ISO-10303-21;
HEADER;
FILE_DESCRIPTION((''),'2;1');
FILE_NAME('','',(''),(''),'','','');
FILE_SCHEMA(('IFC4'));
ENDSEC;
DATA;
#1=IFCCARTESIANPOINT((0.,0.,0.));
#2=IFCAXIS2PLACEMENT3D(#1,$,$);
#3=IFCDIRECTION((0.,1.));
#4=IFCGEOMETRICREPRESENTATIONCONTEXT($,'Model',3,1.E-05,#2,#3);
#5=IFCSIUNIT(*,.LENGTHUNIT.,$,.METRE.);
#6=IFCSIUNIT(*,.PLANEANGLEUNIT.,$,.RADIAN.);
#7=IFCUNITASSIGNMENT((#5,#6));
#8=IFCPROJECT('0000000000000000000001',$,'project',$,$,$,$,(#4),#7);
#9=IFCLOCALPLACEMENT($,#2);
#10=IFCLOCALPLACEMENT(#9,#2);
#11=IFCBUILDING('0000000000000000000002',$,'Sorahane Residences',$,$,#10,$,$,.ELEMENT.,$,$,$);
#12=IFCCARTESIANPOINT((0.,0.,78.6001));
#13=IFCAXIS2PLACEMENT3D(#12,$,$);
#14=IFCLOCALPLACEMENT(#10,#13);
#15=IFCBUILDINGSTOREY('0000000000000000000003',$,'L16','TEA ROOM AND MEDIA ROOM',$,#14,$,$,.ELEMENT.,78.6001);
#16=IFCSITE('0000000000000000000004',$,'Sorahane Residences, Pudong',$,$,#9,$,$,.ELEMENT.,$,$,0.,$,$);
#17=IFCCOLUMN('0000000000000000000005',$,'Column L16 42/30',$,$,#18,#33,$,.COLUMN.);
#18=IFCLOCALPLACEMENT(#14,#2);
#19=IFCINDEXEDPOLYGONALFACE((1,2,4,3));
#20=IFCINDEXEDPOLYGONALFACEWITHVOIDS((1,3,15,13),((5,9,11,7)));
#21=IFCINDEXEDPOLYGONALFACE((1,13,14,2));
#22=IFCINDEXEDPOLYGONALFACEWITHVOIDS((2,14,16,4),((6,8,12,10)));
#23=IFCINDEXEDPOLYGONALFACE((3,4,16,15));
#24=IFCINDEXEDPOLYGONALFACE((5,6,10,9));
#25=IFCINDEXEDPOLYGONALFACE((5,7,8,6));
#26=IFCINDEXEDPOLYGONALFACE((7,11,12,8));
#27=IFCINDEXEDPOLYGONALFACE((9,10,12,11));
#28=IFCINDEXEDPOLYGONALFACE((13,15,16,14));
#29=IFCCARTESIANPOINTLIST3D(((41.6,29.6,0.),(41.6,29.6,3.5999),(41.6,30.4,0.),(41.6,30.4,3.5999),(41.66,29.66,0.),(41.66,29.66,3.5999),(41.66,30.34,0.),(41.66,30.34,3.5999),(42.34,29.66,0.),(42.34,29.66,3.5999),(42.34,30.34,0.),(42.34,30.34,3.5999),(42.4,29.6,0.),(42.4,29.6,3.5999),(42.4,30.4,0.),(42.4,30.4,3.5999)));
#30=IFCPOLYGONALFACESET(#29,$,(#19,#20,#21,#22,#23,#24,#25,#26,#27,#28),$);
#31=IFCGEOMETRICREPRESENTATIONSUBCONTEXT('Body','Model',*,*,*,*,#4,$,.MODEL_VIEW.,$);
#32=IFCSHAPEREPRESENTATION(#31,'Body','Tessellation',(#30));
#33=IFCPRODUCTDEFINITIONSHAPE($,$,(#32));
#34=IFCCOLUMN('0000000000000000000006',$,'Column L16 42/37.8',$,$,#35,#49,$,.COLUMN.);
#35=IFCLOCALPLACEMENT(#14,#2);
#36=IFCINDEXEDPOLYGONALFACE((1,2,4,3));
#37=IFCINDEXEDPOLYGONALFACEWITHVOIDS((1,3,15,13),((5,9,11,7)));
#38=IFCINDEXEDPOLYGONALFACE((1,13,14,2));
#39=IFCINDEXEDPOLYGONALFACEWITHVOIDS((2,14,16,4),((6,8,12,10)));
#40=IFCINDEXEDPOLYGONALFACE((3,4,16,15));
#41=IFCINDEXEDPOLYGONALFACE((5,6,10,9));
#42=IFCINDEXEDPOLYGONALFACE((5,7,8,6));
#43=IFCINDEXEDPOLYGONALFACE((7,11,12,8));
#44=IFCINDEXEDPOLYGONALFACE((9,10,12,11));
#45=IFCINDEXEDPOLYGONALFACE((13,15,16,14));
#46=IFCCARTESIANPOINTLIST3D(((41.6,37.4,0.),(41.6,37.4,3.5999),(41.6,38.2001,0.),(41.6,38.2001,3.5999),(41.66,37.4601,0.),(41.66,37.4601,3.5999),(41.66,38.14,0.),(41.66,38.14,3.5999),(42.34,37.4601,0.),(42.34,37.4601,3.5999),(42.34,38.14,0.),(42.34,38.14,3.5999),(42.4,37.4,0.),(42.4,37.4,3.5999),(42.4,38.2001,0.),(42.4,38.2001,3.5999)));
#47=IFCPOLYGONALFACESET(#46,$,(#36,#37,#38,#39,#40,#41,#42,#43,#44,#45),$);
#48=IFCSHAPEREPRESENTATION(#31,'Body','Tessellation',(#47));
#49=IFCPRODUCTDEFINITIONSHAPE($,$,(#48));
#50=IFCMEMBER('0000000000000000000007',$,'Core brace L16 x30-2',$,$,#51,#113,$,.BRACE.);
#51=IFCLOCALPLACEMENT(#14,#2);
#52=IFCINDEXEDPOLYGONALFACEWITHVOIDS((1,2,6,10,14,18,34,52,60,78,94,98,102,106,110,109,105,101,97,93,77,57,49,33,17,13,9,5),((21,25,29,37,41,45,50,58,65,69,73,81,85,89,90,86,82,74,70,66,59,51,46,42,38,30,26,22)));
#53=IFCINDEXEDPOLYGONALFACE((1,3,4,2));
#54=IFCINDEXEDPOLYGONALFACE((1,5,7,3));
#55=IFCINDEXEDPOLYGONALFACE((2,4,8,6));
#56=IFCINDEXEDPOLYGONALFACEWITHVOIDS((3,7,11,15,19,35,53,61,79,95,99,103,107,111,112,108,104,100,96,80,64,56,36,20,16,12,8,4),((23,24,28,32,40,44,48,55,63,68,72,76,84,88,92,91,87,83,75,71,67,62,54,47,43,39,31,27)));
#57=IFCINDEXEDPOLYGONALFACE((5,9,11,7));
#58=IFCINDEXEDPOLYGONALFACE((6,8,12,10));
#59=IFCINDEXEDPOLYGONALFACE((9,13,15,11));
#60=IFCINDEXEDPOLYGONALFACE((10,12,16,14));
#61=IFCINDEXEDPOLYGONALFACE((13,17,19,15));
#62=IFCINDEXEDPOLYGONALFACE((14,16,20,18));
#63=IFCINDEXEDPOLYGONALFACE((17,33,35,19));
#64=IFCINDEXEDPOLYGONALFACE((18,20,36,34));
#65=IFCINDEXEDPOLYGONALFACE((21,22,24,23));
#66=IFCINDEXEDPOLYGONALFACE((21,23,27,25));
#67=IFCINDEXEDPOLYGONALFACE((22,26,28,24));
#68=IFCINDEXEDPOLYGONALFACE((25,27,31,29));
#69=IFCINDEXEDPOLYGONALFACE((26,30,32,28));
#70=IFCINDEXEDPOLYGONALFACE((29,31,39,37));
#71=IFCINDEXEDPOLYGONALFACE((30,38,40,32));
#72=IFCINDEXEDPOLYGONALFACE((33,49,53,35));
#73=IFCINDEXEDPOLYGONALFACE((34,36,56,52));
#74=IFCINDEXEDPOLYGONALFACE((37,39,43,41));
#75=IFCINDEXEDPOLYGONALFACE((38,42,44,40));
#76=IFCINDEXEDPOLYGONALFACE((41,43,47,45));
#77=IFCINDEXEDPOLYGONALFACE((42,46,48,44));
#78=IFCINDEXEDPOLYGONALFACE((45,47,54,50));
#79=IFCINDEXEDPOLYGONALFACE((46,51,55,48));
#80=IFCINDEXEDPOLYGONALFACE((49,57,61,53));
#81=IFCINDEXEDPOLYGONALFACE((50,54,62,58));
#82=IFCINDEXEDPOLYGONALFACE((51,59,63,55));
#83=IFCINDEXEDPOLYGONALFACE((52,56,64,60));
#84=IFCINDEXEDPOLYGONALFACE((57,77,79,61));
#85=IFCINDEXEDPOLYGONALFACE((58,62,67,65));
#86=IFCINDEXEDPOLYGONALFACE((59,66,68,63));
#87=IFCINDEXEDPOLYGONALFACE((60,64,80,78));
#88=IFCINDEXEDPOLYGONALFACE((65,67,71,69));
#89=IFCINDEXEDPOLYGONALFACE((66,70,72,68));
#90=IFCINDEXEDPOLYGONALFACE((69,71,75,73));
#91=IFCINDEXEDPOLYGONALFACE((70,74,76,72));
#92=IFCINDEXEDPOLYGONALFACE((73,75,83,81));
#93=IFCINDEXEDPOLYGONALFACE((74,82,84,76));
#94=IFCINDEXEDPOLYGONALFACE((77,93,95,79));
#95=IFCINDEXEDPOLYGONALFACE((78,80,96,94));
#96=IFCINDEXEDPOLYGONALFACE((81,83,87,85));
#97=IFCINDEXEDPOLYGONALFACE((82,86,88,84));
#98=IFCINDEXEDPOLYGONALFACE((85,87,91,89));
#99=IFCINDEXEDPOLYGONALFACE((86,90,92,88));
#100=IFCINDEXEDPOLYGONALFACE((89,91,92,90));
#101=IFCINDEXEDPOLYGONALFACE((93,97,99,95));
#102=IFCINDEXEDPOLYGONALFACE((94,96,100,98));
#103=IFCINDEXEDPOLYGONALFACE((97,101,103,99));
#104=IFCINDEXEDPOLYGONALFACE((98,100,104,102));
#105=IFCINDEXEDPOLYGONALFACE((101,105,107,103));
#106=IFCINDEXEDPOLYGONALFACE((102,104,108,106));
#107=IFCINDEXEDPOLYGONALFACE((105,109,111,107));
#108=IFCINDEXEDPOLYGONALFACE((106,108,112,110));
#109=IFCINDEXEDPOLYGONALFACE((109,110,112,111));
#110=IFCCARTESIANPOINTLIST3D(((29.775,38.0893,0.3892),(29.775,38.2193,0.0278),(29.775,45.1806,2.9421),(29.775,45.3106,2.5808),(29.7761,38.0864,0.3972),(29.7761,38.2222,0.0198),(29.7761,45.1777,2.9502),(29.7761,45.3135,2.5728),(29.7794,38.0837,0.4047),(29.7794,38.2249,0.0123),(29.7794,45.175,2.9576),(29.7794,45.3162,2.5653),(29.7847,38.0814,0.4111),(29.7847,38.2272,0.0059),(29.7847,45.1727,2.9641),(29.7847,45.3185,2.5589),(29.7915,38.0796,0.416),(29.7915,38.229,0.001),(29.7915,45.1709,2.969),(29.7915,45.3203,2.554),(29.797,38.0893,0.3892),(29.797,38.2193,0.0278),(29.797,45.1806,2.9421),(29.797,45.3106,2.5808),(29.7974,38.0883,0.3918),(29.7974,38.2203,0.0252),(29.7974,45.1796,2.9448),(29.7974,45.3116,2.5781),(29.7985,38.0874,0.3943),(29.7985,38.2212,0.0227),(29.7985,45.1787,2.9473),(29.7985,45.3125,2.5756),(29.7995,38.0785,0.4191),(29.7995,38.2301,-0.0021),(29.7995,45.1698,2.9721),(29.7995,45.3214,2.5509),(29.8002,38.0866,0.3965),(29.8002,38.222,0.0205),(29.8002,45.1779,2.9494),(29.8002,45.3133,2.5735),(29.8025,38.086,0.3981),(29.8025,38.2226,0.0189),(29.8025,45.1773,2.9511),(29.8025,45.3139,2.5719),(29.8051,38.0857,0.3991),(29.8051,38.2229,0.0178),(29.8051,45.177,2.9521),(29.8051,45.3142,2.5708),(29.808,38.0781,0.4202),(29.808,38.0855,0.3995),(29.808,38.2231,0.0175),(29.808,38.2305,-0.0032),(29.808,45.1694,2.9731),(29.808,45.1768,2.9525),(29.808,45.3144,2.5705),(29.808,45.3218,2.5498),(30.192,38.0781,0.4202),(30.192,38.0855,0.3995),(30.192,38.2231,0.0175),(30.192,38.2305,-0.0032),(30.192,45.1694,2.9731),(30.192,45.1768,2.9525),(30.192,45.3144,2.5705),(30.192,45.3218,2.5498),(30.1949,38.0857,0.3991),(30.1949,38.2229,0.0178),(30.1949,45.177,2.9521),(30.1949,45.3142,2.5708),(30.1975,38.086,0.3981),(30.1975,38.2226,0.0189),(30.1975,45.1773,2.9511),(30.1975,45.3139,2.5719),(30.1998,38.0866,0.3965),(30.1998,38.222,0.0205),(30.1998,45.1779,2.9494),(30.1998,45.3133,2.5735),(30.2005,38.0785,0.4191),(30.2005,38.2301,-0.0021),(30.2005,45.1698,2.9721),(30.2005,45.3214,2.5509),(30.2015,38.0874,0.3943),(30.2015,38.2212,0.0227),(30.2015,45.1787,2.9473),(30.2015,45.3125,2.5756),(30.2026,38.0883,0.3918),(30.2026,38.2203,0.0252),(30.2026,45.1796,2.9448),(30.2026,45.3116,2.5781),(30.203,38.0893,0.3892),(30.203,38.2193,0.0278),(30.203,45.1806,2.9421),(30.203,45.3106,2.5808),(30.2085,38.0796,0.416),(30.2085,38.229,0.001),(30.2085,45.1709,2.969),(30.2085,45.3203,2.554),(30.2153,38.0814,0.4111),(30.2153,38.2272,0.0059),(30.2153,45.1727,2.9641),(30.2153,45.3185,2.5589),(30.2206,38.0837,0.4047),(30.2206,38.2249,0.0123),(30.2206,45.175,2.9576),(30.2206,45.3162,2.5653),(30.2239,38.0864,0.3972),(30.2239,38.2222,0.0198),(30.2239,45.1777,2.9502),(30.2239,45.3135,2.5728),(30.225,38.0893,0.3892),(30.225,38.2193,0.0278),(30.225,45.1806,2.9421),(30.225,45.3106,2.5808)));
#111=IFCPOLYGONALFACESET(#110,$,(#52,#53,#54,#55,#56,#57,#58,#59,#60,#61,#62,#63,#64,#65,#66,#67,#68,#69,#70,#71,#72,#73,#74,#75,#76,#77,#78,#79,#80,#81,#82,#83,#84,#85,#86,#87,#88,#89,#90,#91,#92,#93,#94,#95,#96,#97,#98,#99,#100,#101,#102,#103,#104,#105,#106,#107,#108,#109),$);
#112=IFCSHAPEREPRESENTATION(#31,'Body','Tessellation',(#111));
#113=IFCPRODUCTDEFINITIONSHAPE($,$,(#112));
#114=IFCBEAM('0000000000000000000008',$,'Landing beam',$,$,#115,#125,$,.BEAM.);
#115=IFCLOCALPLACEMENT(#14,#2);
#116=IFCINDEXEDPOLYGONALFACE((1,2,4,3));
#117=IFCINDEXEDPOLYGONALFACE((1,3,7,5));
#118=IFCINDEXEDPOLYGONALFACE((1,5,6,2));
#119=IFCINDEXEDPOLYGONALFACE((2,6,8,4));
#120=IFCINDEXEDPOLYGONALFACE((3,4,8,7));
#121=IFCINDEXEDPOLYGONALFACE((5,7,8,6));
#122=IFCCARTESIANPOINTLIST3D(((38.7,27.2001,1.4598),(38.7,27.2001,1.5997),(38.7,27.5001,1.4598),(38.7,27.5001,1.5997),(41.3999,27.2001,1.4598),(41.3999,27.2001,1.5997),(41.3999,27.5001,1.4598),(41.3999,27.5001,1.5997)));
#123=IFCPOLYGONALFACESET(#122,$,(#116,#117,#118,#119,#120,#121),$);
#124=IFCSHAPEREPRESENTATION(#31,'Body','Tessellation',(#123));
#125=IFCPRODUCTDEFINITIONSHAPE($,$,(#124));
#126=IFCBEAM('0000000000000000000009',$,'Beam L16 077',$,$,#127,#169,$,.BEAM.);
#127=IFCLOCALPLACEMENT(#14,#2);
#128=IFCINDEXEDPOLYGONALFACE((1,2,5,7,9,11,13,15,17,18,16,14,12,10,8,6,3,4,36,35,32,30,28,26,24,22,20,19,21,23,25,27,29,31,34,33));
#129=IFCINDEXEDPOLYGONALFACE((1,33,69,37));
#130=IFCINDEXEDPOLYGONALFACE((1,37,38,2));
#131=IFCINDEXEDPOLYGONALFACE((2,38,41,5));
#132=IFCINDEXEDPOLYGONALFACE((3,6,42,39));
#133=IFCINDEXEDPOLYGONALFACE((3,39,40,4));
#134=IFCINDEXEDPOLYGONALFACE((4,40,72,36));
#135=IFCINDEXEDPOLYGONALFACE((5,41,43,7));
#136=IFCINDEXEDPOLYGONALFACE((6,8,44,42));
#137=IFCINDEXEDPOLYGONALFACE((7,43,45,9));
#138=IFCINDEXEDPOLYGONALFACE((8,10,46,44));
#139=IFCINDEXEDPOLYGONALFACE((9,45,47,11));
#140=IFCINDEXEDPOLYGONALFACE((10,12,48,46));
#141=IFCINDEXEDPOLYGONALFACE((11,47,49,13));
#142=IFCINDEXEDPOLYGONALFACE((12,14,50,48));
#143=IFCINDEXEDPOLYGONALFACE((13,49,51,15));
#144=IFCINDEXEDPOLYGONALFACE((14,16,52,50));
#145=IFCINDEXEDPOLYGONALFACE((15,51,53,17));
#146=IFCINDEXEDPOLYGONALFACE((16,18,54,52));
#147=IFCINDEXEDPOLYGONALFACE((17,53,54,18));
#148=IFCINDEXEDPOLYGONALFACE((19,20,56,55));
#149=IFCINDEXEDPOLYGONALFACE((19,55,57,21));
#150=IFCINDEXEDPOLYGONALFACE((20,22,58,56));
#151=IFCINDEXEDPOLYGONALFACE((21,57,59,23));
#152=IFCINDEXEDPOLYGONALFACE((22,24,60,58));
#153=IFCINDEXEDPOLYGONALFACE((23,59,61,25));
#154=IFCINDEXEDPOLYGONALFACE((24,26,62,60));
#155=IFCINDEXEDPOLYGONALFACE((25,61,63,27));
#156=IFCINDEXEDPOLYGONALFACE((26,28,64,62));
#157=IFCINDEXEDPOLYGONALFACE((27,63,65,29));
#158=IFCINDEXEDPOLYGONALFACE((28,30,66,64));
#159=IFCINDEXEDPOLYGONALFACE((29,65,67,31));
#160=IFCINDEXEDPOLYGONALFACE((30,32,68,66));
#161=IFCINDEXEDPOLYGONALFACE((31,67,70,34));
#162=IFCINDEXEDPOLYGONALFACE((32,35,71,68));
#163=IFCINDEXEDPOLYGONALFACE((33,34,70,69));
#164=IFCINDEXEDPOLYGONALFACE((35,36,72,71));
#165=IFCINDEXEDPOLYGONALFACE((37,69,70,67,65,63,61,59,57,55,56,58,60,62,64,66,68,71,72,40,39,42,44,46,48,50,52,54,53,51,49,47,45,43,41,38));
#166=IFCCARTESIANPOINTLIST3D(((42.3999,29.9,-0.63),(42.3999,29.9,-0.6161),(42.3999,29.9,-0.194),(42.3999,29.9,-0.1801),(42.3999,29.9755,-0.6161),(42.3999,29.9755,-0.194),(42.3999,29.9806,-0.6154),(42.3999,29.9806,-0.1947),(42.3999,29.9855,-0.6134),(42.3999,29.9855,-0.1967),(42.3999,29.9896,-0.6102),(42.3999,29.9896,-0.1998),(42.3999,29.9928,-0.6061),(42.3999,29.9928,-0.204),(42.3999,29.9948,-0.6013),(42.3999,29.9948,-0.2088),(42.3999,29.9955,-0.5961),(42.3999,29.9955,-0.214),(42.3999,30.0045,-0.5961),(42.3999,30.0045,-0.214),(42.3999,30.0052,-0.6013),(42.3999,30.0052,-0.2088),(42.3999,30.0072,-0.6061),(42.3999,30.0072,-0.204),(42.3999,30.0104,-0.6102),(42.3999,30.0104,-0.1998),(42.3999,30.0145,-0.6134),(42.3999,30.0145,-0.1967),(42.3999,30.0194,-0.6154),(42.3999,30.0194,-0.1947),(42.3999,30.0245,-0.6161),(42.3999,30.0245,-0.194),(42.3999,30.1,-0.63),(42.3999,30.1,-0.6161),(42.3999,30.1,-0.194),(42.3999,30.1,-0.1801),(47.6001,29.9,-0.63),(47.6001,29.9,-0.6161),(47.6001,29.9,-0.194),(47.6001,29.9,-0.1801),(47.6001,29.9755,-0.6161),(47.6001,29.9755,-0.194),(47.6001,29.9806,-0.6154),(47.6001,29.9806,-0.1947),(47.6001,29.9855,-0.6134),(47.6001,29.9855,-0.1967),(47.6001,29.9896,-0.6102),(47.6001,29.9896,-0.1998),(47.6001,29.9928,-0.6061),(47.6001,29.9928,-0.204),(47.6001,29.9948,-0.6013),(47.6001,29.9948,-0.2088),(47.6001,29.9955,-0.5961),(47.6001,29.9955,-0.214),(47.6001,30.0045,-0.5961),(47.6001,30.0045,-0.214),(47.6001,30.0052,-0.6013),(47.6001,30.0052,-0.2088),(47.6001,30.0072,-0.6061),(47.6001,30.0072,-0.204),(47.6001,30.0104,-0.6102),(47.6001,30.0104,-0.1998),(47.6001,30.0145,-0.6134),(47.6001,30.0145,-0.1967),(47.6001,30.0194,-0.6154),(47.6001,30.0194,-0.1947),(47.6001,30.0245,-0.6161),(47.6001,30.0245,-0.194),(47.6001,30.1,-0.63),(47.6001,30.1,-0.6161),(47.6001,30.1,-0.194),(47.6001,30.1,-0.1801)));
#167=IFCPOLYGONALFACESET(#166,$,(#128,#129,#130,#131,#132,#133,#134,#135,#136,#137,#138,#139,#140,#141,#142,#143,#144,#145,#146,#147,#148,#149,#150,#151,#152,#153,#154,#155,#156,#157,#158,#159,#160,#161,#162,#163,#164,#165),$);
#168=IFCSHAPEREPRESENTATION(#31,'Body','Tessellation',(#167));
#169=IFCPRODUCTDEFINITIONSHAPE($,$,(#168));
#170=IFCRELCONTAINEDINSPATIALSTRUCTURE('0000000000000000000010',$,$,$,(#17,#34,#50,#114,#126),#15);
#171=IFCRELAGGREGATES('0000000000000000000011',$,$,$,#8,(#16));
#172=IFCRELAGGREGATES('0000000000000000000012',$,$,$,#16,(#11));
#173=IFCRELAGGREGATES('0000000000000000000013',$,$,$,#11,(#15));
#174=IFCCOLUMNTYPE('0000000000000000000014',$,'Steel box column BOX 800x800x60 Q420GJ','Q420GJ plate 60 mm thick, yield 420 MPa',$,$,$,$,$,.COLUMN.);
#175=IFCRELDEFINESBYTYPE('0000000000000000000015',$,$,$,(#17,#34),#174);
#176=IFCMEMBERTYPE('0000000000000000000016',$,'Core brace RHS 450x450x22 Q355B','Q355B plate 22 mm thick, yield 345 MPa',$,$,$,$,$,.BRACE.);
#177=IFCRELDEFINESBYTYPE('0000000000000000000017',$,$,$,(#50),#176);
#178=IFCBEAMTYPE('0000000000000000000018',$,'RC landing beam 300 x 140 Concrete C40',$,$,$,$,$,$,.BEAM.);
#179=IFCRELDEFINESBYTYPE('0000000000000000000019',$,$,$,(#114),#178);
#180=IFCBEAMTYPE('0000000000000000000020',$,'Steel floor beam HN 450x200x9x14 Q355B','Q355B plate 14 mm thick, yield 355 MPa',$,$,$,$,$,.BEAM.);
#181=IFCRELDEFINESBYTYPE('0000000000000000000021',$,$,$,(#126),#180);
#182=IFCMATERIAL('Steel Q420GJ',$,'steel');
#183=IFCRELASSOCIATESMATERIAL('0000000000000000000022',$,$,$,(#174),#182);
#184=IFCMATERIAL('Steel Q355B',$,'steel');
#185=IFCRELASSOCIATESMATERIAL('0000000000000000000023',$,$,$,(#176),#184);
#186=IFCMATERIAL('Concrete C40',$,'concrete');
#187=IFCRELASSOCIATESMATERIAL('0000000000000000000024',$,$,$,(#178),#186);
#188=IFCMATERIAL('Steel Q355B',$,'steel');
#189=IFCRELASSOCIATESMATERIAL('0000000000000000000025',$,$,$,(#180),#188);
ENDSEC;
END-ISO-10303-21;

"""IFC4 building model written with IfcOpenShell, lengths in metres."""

from ifc_helpers import new_model, si_unit, direction, frame, origin, origin_2d, place, context, subcontext, project, spatial, rectangle, hollow_rectangle, i_section, extrude, material, material_profile, profile_set, type_object, element, save


model = new_model("IFC4")

# Units and contexts
model_context = context("Model", 3, precision=1e-05, world=origin(), true_north=direction((0.0, 1.0)))
body_context = subcontext(model_context, "Body", "Model", "MODEL_VIEW")
ifc_project = project(units=[si_unit("LENGTHUNIT", "METRE"), si_unit("PLANEANGLEUNIT", "RADIAN")], contexts=[model_context])

# Site, building, storey
site_placement = place(None, origin())
site = spatial("IfcSite", under=ifc_project, at=site_placement, Name="Sorahane Residences, Pudong", CompositionType="ELEMENT", RefElevation=0.0)
building_placement = place(site_placement, origin())
building = spatial("IfcBuilding", under=site, at=building_placement, Name="Sorahane Residences", CompositionType="ELEMENT")
storey_placement = place(building_placement, frame((0.0, 0.0, 78.6001)))
storey = spatial("IfcBuildingStorey", under=building, at=storey_placement, Name="L16", Description="TEA ROOM AND MEDIA ROOM", CompositionType="ELEMENT", Elevation=78.6001)

# Columns
ifc_material_1 = material(Name="Steel Q420GJ", Category="steel")
ifc_material_profile_1 = material_profile(ifc_material_1, hollow_rectangle(XDim=0.8, YDim=0.8, WallThickness=0.0601, at=origin_2d()), Name="BOX 800x800x60")
ifc_profile_set_1 = profile_set([ifc_material_profile_1], Name="Steel Q420GJ")
column_type = type_object("IfcColumnType", Name="Steel box column BOX 800x800x60 Q420GJ", Description="Q420GJ plate 60 mm thick, yield 420 MPa", PredefinedType="COLUMN", material=ifc_profile_set_1)
for number, where, z_axis, x_axis, name in (
    (1, (42.0, 30.0, 0.0), (0.0, 0.0, 1.0), (1.0, 0.0, 0.0), "Column L16 42/30"),
    (2, (42.0, 37.8, 0.0), (0.0, 0.0, 1.0), (1.0, 0.0, 0.0), "Column L16 42/37.8"),
):
    element("IfcColumn", number, at=place(storey_placement, frame(where, z_axis=z_axis, x_axis=x_axis)), inside=storey, type_object=column_type, Name=name, PredefinedType="COLUMN", context=body_context, shape_type="SweptSolid", body=[
        extrude(hollow_rectangle(XDim=0.8, YDim=0.8, WallThickness=0.0601, at=origin_2d()), origin(), (0.0, 0.0, 1.0), 3.5999),
    ])

# Member
ifc_material_2 = material(Name="Steel Q355B", Category="steel")
ifc_material_profile_2 = material_profile(ifc_material_2, hollow_rectangle(XDim=0.45, YDim=0.45, WallThickness=0.022, InnerFilletRadius=0.011, OuterFilletRadius=0.033, at=origin_2d()), Name="RHS 450x450x22")
ifc_profile_set_2 = profile_set([ifc_material_profile_2], Name="Steel Q355B")
member_type = type_object("IfcMemberType", Name="Core brace RHS 450x450x22 Q355B", Description="Q355B plate 22 mm thick, yield 345 MPa", PredefinedType="BRACE", material=ifc_profile_set_2)
member_placement = place(storey_placement, frame((30.0, 38.1543, 0.2085), z_axis=(0.0, 0.940883, 0.338732), x_axis=(-1.0, 0.0, 0.0)))
element("IfcMember", 3, at=member_placement, inside=storey, type_object=member_type, Name="Core brace L16 x30-2", PredefinedType="BRACE", context=body_context, shape_type="SweptSolid", body=[
    extrude(hollow_rectangle(XDim=0.45, YDim=0.45, WallThickness=0.022, InnerFilletRadius=0.011, OuterFilletRadius=0.033, at=origin_2d()), origin(), (0.0, 0.0, 1.0), 7.5369),
])

# Beams
ifc_material_3 = material(Name="Concrete C40", Category="concrete")
ifc_material_profile_3 = material_profile(ifc_material_3, rectangle(XDim=0.3, YDim=0.1399, at=origin_2d()), Name="300x140")
ifc_profile_set_3 = profile_set([ifc_material_profile_3], Name="Concrete C40")
beam_type_1 = type_object("IfcBeamType", Name="RC landing beam 300 x 140 Concrete C40", PredefinedType="BEAM", material=ifc_profile_set_3)
beam_1_placement = place(storey_placement, frame((38.7, 27.3501, 1.5298), z_axis=(1.0, 0.0, 0.0), x_axis=(0.0, 1.0, 0.0)))
element("IfcBeam", 4, at=beam_1_placement, inside=storey, type_object=beam_type_1, Name="Landing beam", PredefinedType="BEAM", context=body_context, shape_type="SweptSolid", body=[
    extrude(rectangle(XDim=0.3, YDim=0.1399, at=origin_2d()), origin(), (0.0, 0.0, 1.0), 2.7),
])
ifc_material_4 = material(Name="Steel Q355B", Category="steel")
ifc_material_profile_4 = material_profile(ifc_material_4, i_section(OverallWidth=0.2, OverallDepth=0.45, WebThickness=0.009, FlangeThickness=0.0139, FilletRadius=0.02, at=origin_2d()), Name="HN 450x200x9x14")
ifc_profile_set_4 = profile_set([ifc_material_profile_4], Name="Steel Q355B")
beam_type_2 = type_object("IfcBeamType", Name="Steel floor beam HN 450x200x9x14 Q355B", Description="Q355B plate 14 mm thick, yield 355 MPa", PredefinedType="BEAM", material=ifc_profile_set_4)
beam_2_placement = place(storey_placement, frame((42.3999, 30.0, -0.405), z_axis=(1.0, 0.0, 0.0), x_axis=(0.0, 1.0, 0.0)))
element("IfcBeam", 5, at=beam_2_placement, inside=storey, type_object=beam_type_2, Name="Beam L16 077", PredefinedType="BEAM", context=body_context, shape_type="SweptSolid", body=[
    extrude(i_section(OverallWidth=0.2, OverallDepth=0.45, WebThickness=0.009, FlangeThickness=0.0139, FilletRadius=0.02, at=origin_2d()), origin(), (0.0, 0.0, 1.0), 5.2002),
])

save(model, "model.ifc")
